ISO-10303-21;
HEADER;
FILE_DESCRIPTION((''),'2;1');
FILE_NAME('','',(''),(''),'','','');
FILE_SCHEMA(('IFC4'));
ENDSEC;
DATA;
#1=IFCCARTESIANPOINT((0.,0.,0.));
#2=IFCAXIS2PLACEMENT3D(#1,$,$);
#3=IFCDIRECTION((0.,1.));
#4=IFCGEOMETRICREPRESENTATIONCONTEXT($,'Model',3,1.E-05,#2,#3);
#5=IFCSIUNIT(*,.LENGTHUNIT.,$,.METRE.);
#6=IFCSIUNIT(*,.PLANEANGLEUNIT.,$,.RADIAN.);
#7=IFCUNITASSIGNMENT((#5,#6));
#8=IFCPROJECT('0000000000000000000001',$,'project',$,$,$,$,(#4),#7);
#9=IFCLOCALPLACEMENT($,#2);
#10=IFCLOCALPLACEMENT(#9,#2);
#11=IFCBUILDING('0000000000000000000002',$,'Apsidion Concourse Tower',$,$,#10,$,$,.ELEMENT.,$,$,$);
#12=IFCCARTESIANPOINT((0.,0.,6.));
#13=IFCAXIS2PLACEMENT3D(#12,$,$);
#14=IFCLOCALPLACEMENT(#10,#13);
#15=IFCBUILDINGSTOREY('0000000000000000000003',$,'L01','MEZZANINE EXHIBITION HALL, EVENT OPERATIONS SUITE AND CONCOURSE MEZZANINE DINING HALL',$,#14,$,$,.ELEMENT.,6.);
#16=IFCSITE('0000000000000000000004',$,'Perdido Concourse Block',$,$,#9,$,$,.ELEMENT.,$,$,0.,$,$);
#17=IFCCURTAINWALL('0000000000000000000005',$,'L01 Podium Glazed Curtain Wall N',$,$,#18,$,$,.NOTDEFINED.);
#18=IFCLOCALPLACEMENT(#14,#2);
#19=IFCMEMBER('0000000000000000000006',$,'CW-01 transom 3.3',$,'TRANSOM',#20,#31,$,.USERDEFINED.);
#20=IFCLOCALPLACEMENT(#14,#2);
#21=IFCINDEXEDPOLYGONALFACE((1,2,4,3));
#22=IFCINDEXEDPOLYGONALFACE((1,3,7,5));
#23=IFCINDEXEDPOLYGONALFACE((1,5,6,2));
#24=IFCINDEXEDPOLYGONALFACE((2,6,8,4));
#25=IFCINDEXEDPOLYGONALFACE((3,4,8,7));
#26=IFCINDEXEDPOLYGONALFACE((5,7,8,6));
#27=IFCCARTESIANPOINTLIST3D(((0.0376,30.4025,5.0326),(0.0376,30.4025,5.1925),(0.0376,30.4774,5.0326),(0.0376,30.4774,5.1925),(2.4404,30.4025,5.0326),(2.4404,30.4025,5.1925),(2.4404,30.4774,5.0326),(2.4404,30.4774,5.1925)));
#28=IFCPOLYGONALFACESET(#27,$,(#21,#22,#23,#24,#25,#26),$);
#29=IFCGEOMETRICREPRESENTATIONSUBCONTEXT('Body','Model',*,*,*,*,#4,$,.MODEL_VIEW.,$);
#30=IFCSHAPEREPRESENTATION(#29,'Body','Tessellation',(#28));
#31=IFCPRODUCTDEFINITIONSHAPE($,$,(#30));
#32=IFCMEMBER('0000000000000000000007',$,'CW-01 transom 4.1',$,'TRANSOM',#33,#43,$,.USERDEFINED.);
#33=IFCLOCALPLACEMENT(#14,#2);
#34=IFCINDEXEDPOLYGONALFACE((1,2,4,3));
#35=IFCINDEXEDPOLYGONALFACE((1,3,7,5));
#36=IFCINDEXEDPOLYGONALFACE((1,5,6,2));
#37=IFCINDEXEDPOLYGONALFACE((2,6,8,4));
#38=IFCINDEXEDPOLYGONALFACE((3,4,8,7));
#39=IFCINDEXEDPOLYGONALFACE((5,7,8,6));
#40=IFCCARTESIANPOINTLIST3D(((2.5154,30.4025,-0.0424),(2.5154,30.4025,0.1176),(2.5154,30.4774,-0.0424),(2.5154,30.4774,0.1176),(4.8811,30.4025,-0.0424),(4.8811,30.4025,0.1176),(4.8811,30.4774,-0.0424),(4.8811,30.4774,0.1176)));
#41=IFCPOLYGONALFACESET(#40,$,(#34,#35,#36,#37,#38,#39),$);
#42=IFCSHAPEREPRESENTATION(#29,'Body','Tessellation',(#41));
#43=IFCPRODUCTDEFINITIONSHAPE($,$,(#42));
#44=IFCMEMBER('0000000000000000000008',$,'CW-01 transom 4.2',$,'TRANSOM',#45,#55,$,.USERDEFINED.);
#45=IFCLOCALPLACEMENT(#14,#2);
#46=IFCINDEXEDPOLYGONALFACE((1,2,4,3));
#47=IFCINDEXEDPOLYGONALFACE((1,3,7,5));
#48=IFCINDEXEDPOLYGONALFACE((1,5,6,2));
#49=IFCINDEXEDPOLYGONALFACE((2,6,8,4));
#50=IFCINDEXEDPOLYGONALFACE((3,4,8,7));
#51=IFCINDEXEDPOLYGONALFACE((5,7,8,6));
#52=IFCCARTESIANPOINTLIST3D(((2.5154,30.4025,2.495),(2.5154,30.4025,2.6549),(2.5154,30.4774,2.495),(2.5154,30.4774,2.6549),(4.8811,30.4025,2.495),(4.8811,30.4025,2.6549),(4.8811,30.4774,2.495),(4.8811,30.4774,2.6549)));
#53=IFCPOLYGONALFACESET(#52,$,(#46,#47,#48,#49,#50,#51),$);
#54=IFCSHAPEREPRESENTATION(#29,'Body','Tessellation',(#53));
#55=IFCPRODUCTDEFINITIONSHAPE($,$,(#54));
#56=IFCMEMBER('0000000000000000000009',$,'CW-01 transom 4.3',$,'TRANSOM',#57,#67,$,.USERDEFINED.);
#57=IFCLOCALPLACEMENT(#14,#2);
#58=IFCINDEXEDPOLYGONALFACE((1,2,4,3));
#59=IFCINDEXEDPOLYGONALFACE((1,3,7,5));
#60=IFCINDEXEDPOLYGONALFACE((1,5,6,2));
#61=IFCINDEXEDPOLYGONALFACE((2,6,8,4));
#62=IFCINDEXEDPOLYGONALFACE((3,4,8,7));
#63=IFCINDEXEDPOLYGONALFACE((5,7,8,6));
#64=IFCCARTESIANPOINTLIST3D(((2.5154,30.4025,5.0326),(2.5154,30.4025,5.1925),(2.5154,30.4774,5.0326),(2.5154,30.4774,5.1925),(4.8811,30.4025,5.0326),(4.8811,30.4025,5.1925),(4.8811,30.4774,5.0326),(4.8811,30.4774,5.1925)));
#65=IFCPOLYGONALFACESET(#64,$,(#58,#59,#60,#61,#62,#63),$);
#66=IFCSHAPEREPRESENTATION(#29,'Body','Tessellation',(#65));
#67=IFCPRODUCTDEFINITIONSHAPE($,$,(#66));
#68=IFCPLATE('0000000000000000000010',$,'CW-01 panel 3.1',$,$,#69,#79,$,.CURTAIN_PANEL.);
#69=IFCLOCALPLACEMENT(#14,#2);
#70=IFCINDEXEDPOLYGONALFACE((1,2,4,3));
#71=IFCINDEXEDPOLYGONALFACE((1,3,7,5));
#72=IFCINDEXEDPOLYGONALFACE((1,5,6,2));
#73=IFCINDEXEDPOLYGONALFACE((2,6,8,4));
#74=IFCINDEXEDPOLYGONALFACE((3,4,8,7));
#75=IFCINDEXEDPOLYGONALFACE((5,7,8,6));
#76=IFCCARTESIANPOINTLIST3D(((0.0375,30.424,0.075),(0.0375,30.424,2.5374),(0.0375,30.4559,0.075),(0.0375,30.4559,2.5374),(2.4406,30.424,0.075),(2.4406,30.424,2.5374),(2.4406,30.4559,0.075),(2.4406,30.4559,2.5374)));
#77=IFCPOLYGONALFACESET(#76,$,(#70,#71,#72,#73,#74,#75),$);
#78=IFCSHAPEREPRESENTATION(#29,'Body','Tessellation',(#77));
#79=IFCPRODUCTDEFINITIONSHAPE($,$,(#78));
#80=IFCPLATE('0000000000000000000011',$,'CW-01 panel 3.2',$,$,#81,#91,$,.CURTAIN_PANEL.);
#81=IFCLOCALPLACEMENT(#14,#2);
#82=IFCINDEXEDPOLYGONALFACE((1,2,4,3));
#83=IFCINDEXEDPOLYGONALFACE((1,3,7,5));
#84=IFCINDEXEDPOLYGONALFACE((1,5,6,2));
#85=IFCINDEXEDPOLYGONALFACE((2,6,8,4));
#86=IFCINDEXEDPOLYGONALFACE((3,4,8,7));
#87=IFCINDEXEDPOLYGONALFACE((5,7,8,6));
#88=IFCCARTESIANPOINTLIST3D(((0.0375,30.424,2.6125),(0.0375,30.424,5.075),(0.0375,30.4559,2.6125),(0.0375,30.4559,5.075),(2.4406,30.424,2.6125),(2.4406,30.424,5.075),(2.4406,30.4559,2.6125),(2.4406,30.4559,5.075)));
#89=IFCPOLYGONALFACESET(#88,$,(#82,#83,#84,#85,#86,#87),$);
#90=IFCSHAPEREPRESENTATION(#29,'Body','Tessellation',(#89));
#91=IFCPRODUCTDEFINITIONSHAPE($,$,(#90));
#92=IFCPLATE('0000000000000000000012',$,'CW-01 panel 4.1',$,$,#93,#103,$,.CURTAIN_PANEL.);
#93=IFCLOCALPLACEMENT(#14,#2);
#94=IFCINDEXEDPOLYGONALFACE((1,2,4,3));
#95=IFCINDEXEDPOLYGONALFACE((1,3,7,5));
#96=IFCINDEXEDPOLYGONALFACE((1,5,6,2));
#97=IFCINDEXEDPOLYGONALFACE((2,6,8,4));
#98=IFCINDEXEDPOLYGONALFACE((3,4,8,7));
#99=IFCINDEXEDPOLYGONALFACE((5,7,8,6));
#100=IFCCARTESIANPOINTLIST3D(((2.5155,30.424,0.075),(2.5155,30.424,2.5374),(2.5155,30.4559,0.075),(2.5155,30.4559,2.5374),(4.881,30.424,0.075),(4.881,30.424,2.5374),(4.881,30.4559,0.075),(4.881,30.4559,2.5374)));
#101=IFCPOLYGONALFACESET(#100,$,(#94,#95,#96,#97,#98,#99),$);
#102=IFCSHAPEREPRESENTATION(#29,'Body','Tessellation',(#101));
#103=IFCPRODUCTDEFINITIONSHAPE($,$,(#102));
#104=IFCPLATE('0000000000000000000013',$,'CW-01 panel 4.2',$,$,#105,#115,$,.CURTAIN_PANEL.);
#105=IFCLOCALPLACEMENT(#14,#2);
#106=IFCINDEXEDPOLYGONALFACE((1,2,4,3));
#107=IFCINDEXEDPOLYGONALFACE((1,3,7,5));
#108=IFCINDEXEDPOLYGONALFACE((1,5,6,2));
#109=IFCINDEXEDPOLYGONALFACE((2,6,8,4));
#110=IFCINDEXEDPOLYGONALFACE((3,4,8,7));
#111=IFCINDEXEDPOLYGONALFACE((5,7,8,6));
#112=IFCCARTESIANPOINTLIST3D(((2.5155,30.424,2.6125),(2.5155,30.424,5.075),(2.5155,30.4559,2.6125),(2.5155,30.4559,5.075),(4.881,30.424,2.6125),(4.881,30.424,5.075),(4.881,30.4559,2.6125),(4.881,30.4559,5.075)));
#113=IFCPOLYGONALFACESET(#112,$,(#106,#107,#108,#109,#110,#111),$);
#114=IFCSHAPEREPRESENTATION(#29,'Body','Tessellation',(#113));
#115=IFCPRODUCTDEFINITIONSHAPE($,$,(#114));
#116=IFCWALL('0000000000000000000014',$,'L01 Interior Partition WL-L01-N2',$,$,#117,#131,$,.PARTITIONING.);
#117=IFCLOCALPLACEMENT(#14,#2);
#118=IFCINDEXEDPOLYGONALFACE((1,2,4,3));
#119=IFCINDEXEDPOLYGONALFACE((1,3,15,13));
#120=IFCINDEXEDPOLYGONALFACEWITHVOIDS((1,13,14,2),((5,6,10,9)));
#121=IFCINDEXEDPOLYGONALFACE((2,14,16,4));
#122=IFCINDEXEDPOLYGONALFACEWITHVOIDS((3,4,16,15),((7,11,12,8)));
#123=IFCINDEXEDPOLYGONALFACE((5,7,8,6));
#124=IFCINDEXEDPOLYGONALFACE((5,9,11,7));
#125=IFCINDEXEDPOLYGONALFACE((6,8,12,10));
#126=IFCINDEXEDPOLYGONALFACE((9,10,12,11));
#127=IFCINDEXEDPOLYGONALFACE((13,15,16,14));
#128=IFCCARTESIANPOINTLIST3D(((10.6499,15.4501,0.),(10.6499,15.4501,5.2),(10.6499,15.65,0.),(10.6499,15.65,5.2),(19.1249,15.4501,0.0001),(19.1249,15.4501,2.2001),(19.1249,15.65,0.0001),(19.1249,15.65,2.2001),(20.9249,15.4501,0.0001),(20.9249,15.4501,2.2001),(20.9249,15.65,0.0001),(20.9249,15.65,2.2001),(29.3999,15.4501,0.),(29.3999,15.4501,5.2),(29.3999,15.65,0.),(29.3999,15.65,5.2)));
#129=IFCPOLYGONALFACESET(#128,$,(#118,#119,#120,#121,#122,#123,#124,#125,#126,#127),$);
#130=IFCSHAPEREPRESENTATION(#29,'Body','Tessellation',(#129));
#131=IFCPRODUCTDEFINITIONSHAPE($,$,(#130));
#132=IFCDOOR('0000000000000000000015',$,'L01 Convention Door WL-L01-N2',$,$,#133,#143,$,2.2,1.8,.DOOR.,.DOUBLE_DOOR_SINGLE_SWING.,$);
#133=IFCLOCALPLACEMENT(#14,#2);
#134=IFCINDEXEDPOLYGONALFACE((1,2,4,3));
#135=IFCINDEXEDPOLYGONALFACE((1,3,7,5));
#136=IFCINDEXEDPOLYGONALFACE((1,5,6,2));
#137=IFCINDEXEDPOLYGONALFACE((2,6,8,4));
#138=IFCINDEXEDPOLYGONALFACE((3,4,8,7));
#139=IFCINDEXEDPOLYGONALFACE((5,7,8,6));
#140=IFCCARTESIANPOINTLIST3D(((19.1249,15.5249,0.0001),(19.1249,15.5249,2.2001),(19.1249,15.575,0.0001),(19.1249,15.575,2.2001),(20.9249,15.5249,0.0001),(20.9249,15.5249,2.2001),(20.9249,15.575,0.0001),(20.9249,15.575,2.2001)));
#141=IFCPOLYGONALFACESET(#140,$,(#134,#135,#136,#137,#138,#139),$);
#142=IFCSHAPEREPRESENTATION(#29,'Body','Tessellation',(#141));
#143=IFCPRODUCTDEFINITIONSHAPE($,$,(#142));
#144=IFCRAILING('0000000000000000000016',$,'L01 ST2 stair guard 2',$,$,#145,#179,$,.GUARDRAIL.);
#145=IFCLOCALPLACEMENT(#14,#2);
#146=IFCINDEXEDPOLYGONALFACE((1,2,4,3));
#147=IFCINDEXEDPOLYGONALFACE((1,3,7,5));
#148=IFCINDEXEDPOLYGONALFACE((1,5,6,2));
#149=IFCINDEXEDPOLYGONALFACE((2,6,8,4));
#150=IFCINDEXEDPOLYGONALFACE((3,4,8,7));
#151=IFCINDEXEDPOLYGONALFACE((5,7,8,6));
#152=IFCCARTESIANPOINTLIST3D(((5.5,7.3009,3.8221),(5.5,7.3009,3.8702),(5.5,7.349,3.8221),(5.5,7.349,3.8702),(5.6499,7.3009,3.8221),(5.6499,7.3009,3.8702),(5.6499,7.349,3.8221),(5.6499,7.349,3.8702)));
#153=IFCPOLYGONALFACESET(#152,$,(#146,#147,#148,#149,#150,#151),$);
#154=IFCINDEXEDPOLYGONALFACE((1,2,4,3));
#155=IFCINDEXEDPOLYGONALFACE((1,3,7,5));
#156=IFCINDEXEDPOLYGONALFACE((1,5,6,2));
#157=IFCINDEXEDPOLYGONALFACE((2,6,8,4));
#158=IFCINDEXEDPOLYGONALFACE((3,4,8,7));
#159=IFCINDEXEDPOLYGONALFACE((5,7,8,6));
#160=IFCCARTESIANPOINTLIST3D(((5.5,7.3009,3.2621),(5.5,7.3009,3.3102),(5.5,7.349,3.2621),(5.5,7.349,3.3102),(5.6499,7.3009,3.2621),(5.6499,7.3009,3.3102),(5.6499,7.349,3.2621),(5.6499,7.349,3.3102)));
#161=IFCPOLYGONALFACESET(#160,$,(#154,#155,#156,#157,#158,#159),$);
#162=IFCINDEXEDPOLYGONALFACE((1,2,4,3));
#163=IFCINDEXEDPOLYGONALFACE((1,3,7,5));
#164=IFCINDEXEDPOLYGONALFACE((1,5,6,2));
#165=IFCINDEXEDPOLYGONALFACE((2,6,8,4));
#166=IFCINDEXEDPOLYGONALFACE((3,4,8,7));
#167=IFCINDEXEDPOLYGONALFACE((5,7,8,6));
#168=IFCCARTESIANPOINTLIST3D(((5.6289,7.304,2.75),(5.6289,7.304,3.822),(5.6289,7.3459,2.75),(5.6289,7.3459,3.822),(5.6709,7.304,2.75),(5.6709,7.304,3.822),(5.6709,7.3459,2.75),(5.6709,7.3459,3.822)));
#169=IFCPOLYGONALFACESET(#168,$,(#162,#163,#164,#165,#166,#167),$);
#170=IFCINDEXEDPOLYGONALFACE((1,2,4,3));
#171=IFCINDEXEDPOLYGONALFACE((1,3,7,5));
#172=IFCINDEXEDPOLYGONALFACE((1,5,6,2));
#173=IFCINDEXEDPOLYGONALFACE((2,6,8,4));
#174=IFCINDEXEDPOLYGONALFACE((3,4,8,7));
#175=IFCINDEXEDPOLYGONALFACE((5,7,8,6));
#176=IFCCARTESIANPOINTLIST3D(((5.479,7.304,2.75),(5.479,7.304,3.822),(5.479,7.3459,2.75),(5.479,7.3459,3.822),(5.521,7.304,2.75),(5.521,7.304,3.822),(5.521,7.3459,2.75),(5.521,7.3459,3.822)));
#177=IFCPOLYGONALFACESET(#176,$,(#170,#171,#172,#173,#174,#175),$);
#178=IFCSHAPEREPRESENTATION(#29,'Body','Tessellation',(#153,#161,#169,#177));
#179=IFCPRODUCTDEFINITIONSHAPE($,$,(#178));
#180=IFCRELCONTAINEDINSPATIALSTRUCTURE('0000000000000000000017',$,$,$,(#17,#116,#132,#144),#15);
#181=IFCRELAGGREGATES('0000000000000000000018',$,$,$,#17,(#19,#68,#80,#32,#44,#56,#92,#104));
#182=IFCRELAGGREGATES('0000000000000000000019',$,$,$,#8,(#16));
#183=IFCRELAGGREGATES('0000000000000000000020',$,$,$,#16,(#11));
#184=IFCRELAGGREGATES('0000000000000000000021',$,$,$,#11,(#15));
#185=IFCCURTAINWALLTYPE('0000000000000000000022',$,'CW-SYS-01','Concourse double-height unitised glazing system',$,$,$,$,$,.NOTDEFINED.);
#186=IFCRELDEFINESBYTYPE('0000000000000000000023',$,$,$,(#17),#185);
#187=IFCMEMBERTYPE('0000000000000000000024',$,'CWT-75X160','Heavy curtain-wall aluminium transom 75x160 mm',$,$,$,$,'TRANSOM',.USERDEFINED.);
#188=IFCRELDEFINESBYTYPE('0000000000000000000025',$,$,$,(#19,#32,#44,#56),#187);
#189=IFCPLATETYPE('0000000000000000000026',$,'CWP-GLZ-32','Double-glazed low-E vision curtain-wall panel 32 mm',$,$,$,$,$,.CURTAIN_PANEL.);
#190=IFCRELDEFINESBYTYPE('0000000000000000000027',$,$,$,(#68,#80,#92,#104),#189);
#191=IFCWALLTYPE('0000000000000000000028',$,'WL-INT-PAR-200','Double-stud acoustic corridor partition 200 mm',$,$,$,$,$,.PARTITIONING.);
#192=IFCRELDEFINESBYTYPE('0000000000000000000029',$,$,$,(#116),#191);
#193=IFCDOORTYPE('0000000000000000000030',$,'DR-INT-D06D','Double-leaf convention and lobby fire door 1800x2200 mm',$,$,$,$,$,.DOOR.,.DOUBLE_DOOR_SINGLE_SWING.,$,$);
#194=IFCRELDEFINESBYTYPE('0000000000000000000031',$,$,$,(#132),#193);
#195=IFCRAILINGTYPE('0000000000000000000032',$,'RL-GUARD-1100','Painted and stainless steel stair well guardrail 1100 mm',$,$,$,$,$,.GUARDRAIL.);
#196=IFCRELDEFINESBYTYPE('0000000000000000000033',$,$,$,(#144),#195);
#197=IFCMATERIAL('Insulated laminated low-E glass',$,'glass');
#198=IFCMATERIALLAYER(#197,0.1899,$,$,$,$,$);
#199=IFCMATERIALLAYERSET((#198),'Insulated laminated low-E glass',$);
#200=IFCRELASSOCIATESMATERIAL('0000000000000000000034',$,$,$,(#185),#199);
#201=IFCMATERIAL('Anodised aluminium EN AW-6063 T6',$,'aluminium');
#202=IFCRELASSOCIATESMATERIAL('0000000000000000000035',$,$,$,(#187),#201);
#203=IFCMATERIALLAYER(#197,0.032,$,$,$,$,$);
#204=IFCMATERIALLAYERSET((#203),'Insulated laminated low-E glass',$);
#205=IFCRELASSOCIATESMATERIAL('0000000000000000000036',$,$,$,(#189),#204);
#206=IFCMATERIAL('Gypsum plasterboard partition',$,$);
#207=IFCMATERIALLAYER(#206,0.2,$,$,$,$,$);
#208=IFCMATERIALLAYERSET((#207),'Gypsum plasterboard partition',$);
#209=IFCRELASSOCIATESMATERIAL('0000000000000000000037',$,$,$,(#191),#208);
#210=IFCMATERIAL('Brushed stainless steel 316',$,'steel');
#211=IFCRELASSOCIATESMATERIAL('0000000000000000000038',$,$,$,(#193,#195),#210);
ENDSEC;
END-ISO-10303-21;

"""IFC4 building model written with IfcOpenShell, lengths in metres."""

from ifc_helpers import new_model, si_unit, direction, frame, frame_2d, origin, origin_2d, place, context, subcontext, project, spatial, rectangle, extrude, material, layer, layer_set, material_profile, profile_set, type_object, element, fill, aggregate, save


model = new_model("IFC4")

# Units and contexts
model_context = context("Model", 3, precision=1e-05, world=origin(), true_north=direction((0.0, 1.0)))
body_context = subcontext(model_context, "Body", "Model", "MODEL_VIEW")
ifc_project = project(units=[si_unit("LENGTHUNIT", "METRE"), si_unit("PLANEANGLEUNIT", "RADIAN")], contexts=[model_context])

# Site, building, storey
site_placement = place(None, origin())
site = spatial("IfcSite", under=ifc_project, at=site_placement, Name="Perdido Concourse Block", CompositionType="ELEMENT", RefElevation=0.0)
building_placement = place(site_placement, origin())
building = spatial("IfcBuilding", under=site, at=building_placement, Name="Apsidion Concourse Tower", CompositionType="ELEMENT")
storey_placement = place(building_placement, frame((0.0, 0.0, 6.0)))
storey = spatial("IfcBuildingStorey", under=building, at=storey_placement, Name="L01", Description="MEZZANINE EXHIBITION HALL, EVENT OPERATIONS SUITE AND CONCOURSE MEZZANINE DINING HALL", CompositionType="ELEMENT", Elevation=6.0)

# Curtain wall, members, plates
ifc_material_1 = material(Name="Insulated laminated low-E glass", Category="glass")
ifc_layer_1 = layer(ifc_material_1, 0.1899)
ifc_layer_set_1 = layer_set([ifc_layer_1], Name="Insulated laminated low-E glass")
curtain_wall_type = type_object("IfcCurtainWallType", Name="CW-SYS-01", Description="Concourse double-height unitised glazing system", PredefinedType="NOTDEFINED", material=ifc_layer_set_1)
curtain_wall_placement = place(storey_placement, origin())
curtain_wall = element("IfcCurtainWall", 1, at=curtain_wall_placement, inside=storey, type_object=curtain_wall_type, Name="L01 Podium Glazed Curtain Wall N", PredefinedType="NOTDEFINED")
ifc_material_2 = material(Name="Anodised aluminium EN AW-6063 T6", Category="aluminium")
ifc_material_profile_1 = material_profile(ifc_material_2, rectangle(XDim=0.075, YDim=0.1599, at=origin_2d()), Name="ALU TRANSOM 75x160")
ifc_profile_set_1 = profile_set([ifc_material_profile_1], Name="Anodised aluminium EN AW-6063 T6")
member_type_1 = type_object("IfcMemberType", Name="CWT-75X160", Description="Heavy curtain-wall aluminium transom 75x160 mm", ElementType="TRANSOM", PredefinedType="USERDEFINED", material=ifc_profile_set_1)
member_1_placement = place(storey_placement, frame((0.0376, 30.4399, 5.1125), z_axis=(1.0, 0.0, 0.0), x_axis=(0.0, 1.0, 0.0)))
member_1 = element("IfcMember", 2, at=member_1_placement, type_object=member_type_1, Name="CW-01 transom 3.3", ObjectType="TRANSOM", PredefinedType="USERDEFINED", context=body_context, shape_type="SweptSolid", body=[
    extrude(rectangle(XDim=0.075, YDim=0.1599, at=origin_2d()), origin(), (0.0, 0.0, 1.0), 2.4028),
])
member_2_placement = place(storey_placement, frame((2.5154, 30.4399, 0.0376), z_axis=(1.0, 0.0, 0.0), x_axis=(0.0, 1.0, 0.0)))
member_2 = element("IfcMember", 3, at=member_2_placement, type_object=member_type_1, Name="CW-01 transom 4.1", ObjectType="TRANSOM", PredefinedType="USERDEFINED", context=body_context, shape_type="SweptSolid", body=[
    extrude(rectangle(XDim=0.075, YDim=0.1599, at=origin_2d()), origin(), (0.0, 0.0, 1.0), 2.3657),
])
member_3_placement = place(storey_placement, frame((2.5154, 30.4399, 2.575), z_axis=(1.0, 0.0, 0.0), x_axis=(0.0, 1.0, 0.0)))
member_3 = element("IfcMember", 4, at=member_3_placement, type_object=member_type_1, Name="CW-01 transom 4.2", ObjectType="TRANSOM", PredefinedType="USERDEFINED", context=body_context, shape_type="SweptSolid", body=[
    extrude(rectangle(XDim=0.075, YDim=0.1599, at=origin_2d()), origin(), (0.0, 0.0, 1.0), 2.3657),
])
member_4_placement = place(storey_placement, frame((2.5154, 30.4399, 5.1125), z_axis=(1.0, 0.0, 0.0), x_axis=(0.0, 1.0, 0.0)))
member_4 = element("IfcMember", 5, at=member_4_placement, type_object=member_type_1, Name="CW-01 transom 4.3", ObjectType="TRANSOM", PredefinedType="USERDEFINED", context=body_context, shape_type="SweptSolid", body=[
    extrude(rectangle(XDim=0.075, YDim=0.1599, at=origin_2d()), origin(), (0.0, 0.0, 1.0), 2.3657),
])
ifc_layer_2 = layer(ifc_material_1, 0.032)
ifc_layer_set_2 = layer_set([ifc_layer_2], Name="Insulated laminated low-E glass")
plate_type = type_object("IfcPlateType", Name="CWP-GLZ-32", Description="Double-glazed low-E vision curtain-wall panel 32 mm", PredefinedType="CURTAIN_PANEL", material=ifc_layer_set_2)
plate_1_placement = place(storey_placement, frame((1.239, 30.4399, 0.075), z_axis=(0.0, 0.0, 1.0), x_axis=(1.0, 0.0, 0.0)))
plate_1 = element("IfcPlate", 6, at=plate_1_placement, type_object=plate_type, Name="CW-01 panel 3.1", PredefinedType="CURTAIN_PANEL", context=body_context, shape_type="SweptSolid", body=[
    extrude(rectangle(XDim=2.4031, YDim=0.032, at=origin_2d()), origin(), (0.0, 0.0, 1.0), 2.4624),
])
plate_2_placement = place(storey_placement, frame((1.239, 30.4399, 2.6125), z_axis=(0.0, 0.0, 1.0), x_axis=(1.0, 0.0, 0.0)))
plate_2 = element("IfcPlate", 7, at=plate_2_placement, type_object=plate_type, Name="CW-01 panel 3.2", PredefinedType="CURTAIN_PANEL", context=body_context, shape_type="SweptSolid", body=[
    extrude(rectangle(XDim=2.4031, YDim=0.032, at=origin_2d()), origin(), (0.0, 0.0, 1.0), 2.4624),
])
plate_3_placement = place(storey_placement, frame((3.6982, 30.4399, 0.075), z_axis=(0.0, 0.0, 1.0), x_axis=(1.0, 0.0, 0.0)))
plate_3 = element("IfcPlate", 8, at=plate_3_placement, type_object=plate_type, Name="CW-01 panel 4.1", PredefinedType="CURTAIN_PANEL", context=body_context, shape_type="SweptSolid", body=[
    extrude(rectangle(XDim=2.3655, YDim=0.032, at=origin_2d()), origin(), (0.0, 0.0, 1.0), 2.4624),
])
plate_4_placement = place(storey_placement, frame((3.6982, 30.4399, 2.6125), z_axis=(0.0, 0.0, 1.0), x_axis=(1.0, 0.0, 0.0)))
plate_4 = element("IfcPlate", 9, at=plate_4_placement, type_object=plate_type, Name="CW-01 panel 4.2", PredefinedType="CURTAIN_PANEL", context=body_context, shape_type="SweptSolid", body=[
    extrude(rectangle(XDim=2.3655, YDim=0.032, at=origin_2d()), origin(), (0.0, 0.0, 1.0), 2.4624),
])
aggregate(curtain_wall, [member_1, plate_1, plate_2, member_2, member_3, member_4, plate_3, plate_4])

# Wall, opening, door
ifc_material_3 = material(Name="Gypsum plasterboard partition")
ifc_layer_3 = layer(ifc_material_3, 0.2)
ifc_layer_set_3 = layer_set([ifc_layer_3], Name="Gypsum plasterboard partition")
wall_type = type_object("IfcWallType", Name="WL-INT-PAR-200", Description="Double-stud acoustic corridor partition 200 mm", PredefinedType="PARTITIONING", material=ifc_layer_set_3)
wall_placement = place(storey_placement, frame((10.6499, 15.55, 0.0), z_axis=(0.0, 0.0, 1.0), x_axis=(1.0, 0.0, 0.0)))
wall = element("IfcWall", 10, at=wall_placement, inside=storey, type_object=wall_type, Name="L01 Interior Partition WL-L01-N2", PredefinedType="PARTITIONING", context=body_context, shape_type="SweptSolid", body=[
    extrude(rectangle(XDim=18.75, YDim=0.2, at=frame_2d((9.375, 0.0))), origin(), (0.0, 0.0, 1.0), 5.2),
])
opening_placement = place(wall_placement, frame((8.4751, 0.0, 0.0)))
opening = element("IfcOpeningElement", 11, at=opening_placement, cuts=wall, PredefinedType="OPENING", context=body_context, shape_type="SweptSolid", body=[
    extrude(rectangle(XDim=1.8, YDim=2.2, at=frame_2d((0.8999, 1.1001))), frame((0.0, 0.1099, 0.0), z_axis=(0.0, -1.0, 0.0), x_axis=(1.0, 0.0, 0.0)), (0.0, 0.0, 1.0), 0.22),
])
ifc_material_4 = material(Name="Brushed stainless steel 316", Category="steel")
door_type = type_object("IfcDoorType", Name="DR-INT-D06D", Description="Double-leaf convention and lobby fire door 1800x2200 mm", OperationType="DOUBLE_DOOR_SINGLE_SWING", PredefinedType="DOOR", material=ifc_material_4)
door_placement = place(opening_placement, origin())
door = element("IfcDoor", 12, at=door_placement, inside=storey, type_object=door_type, Name="L01 Convention Door WL-L01-N2", OperationType="DOUBLE_DOOR_SINGLE_SWING", OverallHeight=2.2, OverallWidth=1.8, PredefinedType="DOOR", context=body_context, shape_type="SweptSolid", body=[
    extrude(rectangle(XDim=1.8, YDim=2.2, at=frame_2d((0.8999, 1.1001))), frame((0.0, 0.0249, 0.0), z_axis=(0.0, -1.0, 0.0), x_axis=(1.0, 0.0, 0.0)), (0.0, 0.0, 1.0), 0.05),
])
fill(opening, door)

# Railing
railing_type = type_object("IfcRailingType", Name="RL-GUARD-1100", Description="Painted and stainless steel stair well guardrail 1100 mm", PredefinedType="GUARDRAIL", material=ifc_material_4)
railing_placement = place(storey_placement, frame((5.6499, 7.325, 2.75)))
element("IfcRailing", 13, at=railing_placement, inside=storey, type_object=railing_type, Name="L01 ST2 stair guard 2", PredefinedType="GUARDRAIL", context=body_context, shape_type="SweptSolid", body=[
    extrude(rectangle(XDim=0.0481, YDim=0.0481, at=origin_2d()), frame((0.0, 0.0, 1.0962), z_axis=(-1.0, 0.0, 0.0), x_axis=(0.0, -1.0, 0.0)), (0.0, 0.0, 1.0), 0.1499),
    extrude(rectangle(XDim=0.0481, YDim=0.0481, at=origin_2d()), frame((0.0, 0.0, 0.5361), z_axis=(-1.0, 0.0, 0.0), x_axis=(0.0, -1.0, 0.0)), (0.0, 0.0, 1.0), 0.1499),
    extrude(rectangle(XDim=0.042, YDim=0.042, at=origin_2d()), origin(), (0.0, 0.0, 1.0), 1.072),
    extrude(rectangle(XDim=0.042, YDim=0.042, at=origin_2d()), frame((-0.1499, 0.0, 0.0)), (0.0, 0.0, 1.0), 1.072),
])

save(model, "model.ifc")
